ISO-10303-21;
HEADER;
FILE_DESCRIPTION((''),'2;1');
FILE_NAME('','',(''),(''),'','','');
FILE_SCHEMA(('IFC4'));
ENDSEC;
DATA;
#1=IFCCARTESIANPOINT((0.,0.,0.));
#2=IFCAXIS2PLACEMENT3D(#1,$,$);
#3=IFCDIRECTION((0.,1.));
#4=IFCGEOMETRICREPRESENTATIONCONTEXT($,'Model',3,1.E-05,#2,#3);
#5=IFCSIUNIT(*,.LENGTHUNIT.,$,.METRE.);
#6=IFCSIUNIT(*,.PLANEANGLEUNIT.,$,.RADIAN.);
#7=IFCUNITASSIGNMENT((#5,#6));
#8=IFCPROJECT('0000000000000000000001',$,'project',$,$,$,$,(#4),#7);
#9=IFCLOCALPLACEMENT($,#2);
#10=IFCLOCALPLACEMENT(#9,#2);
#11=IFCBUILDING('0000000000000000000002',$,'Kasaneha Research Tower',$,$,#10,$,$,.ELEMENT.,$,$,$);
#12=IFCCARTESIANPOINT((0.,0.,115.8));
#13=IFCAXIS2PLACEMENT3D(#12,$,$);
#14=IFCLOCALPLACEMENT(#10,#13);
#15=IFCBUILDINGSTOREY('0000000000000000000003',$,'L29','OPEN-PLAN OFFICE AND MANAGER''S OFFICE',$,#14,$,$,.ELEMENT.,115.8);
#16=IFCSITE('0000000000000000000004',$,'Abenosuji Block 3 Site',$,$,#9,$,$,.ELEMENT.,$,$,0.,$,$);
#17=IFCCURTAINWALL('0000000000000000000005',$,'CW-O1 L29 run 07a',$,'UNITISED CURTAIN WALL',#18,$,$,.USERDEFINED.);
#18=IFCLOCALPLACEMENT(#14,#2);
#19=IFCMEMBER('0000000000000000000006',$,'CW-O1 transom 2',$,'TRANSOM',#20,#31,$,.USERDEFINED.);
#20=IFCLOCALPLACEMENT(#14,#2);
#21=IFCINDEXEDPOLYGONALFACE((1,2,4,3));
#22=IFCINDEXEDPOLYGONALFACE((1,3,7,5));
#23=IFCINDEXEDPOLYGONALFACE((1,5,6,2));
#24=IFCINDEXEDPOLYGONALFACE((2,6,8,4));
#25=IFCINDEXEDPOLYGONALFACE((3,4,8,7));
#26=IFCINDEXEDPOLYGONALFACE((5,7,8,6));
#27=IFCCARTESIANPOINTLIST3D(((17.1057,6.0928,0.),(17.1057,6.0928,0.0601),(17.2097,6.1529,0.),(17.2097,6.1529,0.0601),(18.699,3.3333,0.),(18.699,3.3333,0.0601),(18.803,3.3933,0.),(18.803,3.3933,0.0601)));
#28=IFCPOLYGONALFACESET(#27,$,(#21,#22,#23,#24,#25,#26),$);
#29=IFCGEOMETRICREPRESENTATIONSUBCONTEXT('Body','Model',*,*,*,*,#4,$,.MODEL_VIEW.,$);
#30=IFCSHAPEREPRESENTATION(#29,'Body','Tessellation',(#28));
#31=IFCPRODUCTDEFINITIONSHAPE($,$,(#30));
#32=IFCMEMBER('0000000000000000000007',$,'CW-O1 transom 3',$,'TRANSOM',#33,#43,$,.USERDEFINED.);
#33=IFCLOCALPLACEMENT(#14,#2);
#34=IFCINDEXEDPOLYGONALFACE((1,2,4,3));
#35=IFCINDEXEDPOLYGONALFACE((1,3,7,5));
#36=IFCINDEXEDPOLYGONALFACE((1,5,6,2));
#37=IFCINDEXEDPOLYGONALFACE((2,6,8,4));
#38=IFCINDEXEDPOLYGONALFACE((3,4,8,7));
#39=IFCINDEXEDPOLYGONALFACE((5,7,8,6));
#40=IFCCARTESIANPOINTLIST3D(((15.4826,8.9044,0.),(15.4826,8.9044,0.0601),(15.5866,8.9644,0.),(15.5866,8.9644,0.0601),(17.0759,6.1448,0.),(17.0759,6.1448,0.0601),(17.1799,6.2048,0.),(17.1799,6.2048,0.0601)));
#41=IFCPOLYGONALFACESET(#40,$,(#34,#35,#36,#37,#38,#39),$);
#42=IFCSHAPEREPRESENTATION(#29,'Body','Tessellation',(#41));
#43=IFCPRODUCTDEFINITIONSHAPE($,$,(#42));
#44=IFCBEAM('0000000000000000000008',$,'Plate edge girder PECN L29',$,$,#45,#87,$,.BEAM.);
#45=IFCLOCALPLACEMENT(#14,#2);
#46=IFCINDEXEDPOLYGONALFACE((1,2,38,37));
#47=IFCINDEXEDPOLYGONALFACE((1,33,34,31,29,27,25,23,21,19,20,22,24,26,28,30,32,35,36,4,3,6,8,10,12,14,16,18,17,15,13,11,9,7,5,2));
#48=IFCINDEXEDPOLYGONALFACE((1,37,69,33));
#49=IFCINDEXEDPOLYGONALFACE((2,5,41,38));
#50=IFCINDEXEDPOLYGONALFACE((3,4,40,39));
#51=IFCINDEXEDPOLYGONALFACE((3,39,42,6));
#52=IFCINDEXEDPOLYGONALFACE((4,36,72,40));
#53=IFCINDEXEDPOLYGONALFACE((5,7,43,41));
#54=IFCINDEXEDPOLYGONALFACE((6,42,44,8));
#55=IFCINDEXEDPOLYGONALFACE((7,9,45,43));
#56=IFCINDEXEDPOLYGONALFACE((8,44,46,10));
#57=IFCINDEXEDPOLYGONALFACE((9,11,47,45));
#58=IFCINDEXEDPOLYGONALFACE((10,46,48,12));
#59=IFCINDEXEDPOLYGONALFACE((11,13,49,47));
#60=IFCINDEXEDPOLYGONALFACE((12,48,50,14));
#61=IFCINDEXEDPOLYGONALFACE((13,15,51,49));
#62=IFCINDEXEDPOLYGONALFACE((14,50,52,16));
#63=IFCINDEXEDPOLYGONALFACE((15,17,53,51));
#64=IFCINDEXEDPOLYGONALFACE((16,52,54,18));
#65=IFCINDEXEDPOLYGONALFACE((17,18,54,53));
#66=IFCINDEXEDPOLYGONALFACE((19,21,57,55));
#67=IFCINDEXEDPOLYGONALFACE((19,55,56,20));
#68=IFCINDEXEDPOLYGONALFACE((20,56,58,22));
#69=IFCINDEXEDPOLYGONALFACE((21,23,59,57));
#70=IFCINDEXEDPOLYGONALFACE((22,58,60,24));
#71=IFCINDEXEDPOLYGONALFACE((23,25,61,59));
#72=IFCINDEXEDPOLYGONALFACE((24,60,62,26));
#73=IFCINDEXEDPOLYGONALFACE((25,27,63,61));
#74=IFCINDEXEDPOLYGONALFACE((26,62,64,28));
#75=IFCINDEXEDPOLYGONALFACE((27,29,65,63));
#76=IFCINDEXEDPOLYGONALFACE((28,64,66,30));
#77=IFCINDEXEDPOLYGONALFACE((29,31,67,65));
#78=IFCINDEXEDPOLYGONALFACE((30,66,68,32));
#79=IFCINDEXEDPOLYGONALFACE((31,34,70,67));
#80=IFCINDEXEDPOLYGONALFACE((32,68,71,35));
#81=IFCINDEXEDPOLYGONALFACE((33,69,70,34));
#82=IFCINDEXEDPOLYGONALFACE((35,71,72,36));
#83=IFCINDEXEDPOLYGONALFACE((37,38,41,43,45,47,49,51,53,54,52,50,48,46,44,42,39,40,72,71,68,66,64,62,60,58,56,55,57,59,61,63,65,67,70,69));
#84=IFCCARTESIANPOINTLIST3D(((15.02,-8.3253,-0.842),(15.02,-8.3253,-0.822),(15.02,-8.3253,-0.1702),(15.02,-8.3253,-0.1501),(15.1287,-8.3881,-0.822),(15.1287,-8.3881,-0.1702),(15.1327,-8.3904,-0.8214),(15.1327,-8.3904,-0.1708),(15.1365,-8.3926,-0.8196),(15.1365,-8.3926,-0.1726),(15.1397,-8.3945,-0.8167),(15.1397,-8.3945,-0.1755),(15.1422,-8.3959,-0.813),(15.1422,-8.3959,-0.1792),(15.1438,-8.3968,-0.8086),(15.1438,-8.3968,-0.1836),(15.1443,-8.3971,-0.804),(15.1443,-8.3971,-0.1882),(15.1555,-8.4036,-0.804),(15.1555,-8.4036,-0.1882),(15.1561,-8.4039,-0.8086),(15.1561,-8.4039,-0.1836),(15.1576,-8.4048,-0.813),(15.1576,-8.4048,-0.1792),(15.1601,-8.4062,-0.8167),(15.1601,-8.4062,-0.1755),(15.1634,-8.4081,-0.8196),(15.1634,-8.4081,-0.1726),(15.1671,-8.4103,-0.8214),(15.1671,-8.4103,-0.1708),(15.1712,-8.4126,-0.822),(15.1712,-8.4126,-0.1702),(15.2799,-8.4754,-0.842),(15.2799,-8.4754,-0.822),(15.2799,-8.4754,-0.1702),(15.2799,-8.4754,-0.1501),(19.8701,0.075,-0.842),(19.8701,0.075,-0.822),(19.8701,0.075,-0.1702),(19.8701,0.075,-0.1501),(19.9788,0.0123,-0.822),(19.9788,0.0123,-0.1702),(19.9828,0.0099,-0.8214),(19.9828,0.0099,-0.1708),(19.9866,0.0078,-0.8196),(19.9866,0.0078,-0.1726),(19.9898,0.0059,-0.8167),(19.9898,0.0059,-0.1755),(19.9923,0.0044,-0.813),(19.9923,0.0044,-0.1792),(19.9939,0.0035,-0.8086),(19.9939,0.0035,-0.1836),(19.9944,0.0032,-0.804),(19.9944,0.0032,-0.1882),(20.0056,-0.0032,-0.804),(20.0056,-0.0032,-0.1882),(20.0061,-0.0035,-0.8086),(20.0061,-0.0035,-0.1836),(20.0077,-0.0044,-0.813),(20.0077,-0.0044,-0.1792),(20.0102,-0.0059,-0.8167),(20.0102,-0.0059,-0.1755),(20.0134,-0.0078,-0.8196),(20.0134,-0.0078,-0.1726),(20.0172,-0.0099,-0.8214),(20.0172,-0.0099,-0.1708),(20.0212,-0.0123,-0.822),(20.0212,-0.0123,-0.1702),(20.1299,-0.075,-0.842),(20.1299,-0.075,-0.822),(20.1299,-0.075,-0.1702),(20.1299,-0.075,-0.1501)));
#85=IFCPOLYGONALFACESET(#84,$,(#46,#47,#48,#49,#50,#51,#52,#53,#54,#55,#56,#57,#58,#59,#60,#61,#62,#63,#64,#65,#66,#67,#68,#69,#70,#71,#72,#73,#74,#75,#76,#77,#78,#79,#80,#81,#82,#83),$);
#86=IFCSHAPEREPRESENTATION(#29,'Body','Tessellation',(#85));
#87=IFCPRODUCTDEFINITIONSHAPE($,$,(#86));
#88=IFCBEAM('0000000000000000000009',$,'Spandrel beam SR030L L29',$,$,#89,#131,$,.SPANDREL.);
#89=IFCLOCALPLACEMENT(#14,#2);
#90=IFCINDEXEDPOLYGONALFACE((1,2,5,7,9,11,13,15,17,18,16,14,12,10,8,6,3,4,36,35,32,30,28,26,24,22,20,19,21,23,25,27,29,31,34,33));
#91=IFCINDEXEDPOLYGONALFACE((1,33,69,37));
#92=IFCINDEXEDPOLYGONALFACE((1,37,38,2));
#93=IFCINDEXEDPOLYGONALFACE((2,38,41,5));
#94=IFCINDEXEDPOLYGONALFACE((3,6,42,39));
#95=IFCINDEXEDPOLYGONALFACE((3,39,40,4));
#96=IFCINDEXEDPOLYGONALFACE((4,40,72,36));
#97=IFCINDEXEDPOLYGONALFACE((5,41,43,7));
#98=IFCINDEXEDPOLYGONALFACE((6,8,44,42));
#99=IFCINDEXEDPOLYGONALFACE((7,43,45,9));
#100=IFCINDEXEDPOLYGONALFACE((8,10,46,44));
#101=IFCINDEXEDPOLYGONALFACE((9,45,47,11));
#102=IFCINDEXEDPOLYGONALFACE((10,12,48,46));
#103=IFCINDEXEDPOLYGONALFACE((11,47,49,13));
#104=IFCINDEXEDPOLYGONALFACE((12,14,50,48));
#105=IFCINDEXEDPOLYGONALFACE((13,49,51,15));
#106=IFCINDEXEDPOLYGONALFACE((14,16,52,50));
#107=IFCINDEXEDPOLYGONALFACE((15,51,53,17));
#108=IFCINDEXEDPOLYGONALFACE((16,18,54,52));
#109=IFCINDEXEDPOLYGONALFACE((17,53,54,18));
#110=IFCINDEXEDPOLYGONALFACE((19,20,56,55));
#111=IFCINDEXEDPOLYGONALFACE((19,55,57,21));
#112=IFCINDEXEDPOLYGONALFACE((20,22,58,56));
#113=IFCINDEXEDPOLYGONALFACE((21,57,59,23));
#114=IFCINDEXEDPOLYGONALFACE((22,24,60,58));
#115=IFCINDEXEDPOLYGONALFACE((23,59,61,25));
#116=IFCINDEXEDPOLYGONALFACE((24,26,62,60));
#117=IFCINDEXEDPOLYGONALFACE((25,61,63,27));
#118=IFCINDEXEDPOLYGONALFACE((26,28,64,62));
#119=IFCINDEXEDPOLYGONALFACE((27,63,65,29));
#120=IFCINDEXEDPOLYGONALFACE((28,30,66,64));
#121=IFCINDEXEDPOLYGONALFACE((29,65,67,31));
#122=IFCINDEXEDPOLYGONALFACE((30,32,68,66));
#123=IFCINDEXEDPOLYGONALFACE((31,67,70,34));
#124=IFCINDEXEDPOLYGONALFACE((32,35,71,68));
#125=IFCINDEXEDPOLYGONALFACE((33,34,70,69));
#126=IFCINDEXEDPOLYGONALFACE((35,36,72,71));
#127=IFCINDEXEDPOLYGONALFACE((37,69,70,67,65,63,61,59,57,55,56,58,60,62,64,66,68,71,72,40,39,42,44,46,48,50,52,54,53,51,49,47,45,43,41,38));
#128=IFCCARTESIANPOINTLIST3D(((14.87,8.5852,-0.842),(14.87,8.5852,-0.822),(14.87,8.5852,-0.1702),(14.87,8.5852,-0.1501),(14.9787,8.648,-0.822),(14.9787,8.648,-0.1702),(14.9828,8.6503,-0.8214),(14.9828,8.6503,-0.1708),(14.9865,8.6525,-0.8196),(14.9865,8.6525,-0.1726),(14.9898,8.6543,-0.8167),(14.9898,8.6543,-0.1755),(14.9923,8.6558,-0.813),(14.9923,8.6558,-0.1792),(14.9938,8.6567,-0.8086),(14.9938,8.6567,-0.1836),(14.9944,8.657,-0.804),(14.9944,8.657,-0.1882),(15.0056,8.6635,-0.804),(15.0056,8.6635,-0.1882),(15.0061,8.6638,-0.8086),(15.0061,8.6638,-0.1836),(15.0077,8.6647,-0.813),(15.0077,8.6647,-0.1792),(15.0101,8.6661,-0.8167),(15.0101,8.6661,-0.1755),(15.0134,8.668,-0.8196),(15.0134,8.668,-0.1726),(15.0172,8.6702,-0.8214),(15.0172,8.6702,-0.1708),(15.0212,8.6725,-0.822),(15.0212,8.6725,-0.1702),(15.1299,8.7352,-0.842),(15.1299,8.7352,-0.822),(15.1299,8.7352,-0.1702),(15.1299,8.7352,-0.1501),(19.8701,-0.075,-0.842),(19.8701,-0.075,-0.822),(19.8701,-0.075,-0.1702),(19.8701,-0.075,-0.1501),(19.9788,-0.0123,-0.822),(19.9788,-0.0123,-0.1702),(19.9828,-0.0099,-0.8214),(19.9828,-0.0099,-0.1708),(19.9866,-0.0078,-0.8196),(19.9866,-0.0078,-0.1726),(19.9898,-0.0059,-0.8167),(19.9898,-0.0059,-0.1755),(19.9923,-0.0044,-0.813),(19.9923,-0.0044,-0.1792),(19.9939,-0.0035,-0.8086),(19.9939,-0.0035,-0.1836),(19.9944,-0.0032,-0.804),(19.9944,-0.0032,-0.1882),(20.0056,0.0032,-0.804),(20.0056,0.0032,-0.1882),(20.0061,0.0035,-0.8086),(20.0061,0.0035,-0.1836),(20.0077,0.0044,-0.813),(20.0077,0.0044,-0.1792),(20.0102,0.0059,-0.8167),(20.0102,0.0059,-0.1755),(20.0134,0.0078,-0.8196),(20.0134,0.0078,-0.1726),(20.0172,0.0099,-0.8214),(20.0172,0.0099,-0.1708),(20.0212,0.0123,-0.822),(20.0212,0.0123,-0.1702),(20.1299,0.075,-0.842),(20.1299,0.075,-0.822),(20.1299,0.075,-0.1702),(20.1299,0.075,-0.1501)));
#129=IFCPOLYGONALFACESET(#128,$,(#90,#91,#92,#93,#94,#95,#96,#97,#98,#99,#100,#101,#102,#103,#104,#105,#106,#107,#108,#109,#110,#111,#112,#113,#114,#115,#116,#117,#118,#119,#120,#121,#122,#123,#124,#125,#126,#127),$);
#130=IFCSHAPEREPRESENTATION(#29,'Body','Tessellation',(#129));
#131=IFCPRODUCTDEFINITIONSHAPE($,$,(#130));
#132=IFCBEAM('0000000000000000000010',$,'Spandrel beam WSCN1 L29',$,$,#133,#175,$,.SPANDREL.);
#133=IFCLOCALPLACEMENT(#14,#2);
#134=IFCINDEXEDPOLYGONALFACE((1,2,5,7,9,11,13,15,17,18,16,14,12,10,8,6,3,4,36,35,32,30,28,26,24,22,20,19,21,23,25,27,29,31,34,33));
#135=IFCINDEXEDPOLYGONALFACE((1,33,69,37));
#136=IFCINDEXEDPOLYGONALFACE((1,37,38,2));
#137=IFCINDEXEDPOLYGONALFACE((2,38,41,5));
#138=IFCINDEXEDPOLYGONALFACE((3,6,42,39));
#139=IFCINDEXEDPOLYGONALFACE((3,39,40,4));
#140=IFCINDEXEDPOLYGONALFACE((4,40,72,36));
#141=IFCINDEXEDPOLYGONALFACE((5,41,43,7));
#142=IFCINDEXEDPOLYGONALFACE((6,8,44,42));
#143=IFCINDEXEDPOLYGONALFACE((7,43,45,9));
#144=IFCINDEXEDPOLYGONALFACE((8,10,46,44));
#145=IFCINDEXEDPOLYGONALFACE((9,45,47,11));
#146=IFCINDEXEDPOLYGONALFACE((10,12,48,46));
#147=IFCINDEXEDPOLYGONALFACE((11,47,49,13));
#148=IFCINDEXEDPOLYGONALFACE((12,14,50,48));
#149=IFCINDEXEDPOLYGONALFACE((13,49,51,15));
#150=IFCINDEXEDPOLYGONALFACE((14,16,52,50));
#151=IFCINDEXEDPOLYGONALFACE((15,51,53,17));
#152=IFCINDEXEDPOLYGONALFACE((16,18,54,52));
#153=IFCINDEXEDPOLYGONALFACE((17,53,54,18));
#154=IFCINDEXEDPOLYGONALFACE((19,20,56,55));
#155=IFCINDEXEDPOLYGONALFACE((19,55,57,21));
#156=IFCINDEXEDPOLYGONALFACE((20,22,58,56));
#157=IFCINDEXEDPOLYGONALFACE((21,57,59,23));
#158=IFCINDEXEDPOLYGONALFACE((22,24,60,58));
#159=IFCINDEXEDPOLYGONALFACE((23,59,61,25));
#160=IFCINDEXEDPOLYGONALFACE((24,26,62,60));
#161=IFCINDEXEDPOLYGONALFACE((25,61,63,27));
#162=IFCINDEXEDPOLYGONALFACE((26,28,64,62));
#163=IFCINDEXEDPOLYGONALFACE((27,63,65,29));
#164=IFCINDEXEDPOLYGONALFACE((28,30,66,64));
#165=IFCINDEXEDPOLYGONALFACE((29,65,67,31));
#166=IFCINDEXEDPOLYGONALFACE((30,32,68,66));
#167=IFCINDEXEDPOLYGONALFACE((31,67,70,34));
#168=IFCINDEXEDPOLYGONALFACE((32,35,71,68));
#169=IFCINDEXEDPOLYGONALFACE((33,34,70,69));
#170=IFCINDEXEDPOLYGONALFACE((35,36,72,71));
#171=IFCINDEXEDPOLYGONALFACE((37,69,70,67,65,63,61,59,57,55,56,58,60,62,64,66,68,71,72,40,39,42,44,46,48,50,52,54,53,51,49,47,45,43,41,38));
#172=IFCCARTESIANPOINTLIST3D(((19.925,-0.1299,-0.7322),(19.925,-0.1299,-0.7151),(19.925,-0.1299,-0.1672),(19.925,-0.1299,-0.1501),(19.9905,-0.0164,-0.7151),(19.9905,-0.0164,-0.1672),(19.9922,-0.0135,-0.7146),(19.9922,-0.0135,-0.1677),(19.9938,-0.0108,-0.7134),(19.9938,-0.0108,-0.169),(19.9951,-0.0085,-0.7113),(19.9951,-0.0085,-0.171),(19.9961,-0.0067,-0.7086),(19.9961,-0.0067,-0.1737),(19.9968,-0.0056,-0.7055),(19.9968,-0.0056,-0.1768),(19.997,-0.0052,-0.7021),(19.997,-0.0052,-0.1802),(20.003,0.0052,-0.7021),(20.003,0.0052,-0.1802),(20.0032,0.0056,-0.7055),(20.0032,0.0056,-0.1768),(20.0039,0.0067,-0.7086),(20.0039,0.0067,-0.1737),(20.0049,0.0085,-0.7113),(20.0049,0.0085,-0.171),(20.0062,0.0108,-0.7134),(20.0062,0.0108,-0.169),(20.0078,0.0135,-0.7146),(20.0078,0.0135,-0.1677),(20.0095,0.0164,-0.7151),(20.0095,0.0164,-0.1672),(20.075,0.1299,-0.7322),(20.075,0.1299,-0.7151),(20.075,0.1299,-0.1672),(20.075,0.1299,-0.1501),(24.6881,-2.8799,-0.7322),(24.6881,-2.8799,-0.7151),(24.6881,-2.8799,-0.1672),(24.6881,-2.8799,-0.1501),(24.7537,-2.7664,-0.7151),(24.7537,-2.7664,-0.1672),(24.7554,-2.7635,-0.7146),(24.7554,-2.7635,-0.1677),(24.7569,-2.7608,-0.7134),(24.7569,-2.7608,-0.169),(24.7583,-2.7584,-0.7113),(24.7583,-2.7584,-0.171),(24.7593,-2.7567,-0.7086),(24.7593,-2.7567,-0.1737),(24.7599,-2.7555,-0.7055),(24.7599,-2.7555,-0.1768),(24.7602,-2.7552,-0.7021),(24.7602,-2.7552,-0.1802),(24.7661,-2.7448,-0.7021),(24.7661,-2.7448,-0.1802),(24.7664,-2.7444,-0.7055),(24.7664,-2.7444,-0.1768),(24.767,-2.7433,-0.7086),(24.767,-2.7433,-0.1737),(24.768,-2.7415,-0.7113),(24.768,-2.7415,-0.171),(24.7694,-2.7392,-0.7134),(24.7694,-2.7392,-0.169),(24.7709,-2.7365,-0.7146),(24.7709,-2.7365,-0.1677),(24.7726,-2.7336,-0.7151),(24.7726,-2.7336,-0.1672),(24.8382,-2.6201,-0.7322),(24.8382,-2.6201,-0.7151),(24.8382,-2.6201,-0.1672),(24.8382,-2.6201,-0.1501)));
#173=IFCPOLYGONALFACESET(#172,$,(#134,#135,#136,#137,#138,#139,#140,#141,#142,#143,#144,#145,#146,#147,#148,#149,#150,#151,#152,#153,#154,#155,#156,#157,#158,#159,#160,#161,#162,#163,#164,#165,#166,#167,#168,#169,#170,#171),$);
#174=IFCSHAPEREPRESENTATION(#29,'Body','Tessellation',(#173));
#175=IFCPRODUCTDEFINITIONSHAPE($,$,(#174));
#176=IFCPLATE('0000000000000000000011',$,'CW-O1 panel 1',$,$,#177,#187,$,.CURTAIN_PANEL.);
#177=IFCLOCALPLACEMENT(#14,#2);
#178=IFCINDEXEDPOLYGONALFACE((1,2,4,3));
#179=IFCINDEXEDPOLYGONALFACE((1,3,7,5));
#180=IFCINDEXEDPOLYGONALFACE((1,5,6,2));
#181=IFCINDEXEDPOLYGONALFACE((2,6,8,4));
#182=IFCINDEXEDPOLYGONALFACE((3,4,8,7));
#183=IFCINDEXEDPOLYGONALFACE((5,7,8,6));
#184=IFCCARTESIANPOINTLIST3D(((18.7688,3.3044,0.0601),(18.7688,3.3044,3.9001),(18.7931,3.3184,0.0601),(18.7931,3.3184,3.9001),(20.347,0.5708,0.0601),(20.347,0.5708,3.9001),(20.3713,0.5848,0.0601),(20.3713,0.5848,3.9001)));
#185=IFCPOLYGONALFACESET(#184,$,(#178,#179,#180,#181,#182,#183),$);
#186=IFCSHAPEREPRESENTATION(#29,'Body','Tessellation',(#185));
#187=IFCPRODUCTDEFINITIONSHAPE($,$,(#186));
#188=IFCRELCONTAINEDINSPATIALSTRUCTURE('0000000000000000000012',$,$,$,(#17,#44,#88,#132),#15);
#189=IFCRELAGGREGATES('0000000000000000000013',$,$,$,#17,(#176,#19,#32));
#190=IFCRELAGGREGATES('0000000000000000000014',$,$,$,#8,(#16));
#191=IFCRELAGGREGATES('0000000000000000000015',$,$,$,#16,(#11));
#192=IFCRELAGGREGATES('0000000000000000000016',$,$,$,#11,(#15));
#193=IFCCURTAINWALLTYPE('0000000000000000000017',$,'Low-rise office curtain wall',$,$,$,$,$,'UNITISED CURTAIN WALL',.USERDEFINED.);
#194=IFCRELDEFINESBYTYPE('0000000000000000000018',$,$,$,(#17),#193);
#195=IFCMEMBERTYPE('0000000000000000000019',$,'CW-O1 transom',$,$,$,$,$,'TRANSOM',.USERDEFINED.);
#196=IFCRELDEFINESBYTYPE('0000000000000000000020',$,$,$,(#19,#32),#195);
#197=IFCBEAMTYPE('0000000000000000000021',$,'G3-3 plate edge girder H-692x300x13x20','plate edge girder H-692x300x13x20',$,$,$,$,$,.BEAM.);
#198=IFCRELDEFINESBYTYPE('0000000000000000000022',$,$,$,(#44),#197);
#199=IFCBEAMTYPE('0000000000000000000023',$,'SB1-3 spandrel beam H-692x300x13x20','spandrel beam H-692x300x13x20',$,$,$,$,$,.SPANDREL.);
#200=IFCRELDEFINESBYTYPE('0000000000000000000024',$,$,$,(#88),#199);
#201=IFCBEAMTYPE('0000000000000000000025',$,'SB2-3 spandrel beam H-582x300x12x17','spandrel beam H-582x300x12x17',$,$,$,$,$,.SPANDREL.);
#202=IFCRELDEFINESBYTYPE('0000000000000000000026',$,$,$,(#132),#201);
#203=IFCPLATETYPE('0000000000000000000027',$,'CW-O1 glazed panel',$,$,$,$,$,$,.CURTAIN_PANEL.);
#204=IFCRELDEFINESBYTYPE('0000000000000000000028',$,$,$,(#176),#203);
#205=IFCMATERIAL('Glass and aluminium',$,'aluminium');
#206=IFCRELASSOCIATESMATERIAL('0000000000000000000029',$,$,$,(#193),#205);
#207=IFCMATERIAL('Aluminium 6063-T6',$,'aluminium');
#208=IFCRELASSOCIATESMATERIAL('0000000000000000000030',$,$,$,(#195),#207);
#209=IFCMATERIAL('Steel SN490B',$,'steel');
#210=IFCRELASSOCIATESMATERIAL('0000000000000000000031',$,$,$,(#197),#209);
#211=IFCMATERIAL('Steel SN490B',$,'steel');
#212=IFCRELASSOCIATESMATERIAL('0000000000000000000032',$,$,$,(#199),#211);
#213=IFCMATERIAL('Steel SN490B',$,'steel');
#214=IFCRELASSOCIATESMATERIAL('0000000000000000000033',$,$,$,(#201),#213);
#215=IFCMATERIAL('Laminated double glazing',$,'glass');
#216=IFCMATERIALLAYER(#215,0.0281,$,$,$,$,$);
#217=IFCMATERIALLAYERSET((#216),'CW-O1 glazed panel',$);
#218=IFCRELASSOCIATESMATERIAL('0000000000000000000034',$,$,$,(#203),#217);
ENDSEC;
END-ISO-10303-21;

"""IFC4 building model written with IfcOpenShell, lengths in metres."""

from ifc_helpers import new_model, si_unit, direction, frame, origin, origin_2d, place, context, subcontext, project, spatial, rectangle, i_section, extrude, material, layer, layer_set, material_profile, profile_set, type_object, element, aggregate, save


model = new_model("IFC4")

# Units and contexts
model_context = context("Model", 3, precision=1e-05, world=origin(), true_north=direction((0.0, 1.0)))
body_context = subcontext(model_context, "Body", "Model", "MODEL_VIEW")
ifc_project = project(units=[si_unit("LENGTHUNIT", "METRE"), si_unit("PLANEANGLEUNIT", "RADIAN")], contexts=[model_context])

# Site, building, storey
site_placement = place(None, origin())
site = spatial("IfcSite", under=ifc_project, at=site_placement, Name="Abenosuji Block 3 Site", CompositionType="ELEMENT", RefElevation=0.0)
building_placement = place(site_placement, origin())
building = spatial("IfcBuilding", under=site, at=building_placement, Name="Kasaneha Research Tower", CompositionType="ELEMENT")
storey_placement = place(building_placement, frame((0.0, 0.0, 115.8)))
storey = spatial("IfcBuildingStorey", under=building, at=storey_placement, Name="L29", Description="OPEN-PLAN OFFICE AND MANAGER'S OFFICE", CompositionType="ELEMENT", Elevation=115.8)

# Shared definitions
ifc_material_1 = material(Name="Glass and aluminium", Category="aluminium")
curtain_wall_type = type_object("IfcCurtainWallType", Name="Low-rise office curtain wall", ElementType="UNITISED CURTAIN WALL", PredefinedType="USERDEFINED", material=ifc_material_1)

# Curtain wall, members
curtain_wall_1_placement = place(storey_placement, origin())
curtain_wall_1 = element("IfcCurtainWall", 1, at=curtain_wall_1_placement, inside=storey, type_object=curtain_wall_type, Name="CW-O1 L29 run 07a", ObjectType="UNITISED CURTAIN WALL", PredefinedType="USERDEFINED")
ifc_material_2 = material(Name="Aluminium 6063-T6", Category="aluminium")
ifc_material_profile_1 = material_profile(ifc_material_2, rectangle(XDim=0.1201, YDim=0.0601, at=origin_2d()), Name="CW-O1 transom 120x60")
ifc_profile_set_1 = profile_set([ifc_material_profile_1], Name="Aluminium 6063-T6")
member_type_1 = type_object("IfcMemberType", Name="CW-O1 transom", ElementType="TRANSOM", PredefinedType="USERDEFINED", material=ifc_profile_set_1)
member_1_placement = place(storey_placement, frame((18.751, 3.3633, 0.03), z_axis=(-0.500012, 0.866018, 0.0), x_axis=(-0.866018, -0.500012, 0.0)))
member_1 = element("IfcMember", 2, at=member_1_placement, type_object=member_type_1, Name="CW-O1 transom 2", ObjectType="TRANSOM", PredefinedType="USERDEFINED", context=body_context, shape_type="SweptSolid", body=[
    extrude(rectangle(XDim=0.1201, YDim=0.0601, at=origin_2d()), origin(), (0.0, 0.0, 1.0), 3.1865),
])
member_2_placement = place(storey_placement, frame((17.1279, 6.1748, 0.03), z_axis=(-0.500012, 0.866018, 0.0), x_axis=(-0.866018, -0.500012, 0.0)))
member_2 = element("IfcMember", 3, at=member_2_placement, type_object=member_type_1, Name="CW-O1 transom 3", ObjectType="TRANSOM", PredefinedType="USERDEFINED", context=body_context, shape_type="SweptSolid", body=[
    extrude(rectangle(XDim=0.1201, YDim=0.0601, at=origin_2d()), origin(), (0.0, 0.0, 1.0), 3.1865),
])

# Beams
ifc_material_3 = material(Name="Steel SN490B", Category="steel")
ifc_material_profile_2 = material_profile(ifc_material_3, i_section(OverallWidth=0.3, OverallDepth=0.6919, WebThickness=0.0129, FlangeThickness=0.02, FilletRadius=0.0181, at=origin_2d()), Name="H-692x300x13x20")
ifc_profile_set_2 = profile_set([ifc_material_profile_2], Name="Steel SN490B")
beam_type_1 = type_object("IfcBeamType", Name="G3-3 plate edge girder H-692x300x13x20", Description="plate edge girder H-692x300x13x20", PredefinedType="BEAM", material=ifc_profile_set_2)
beam_1_placement = place(storey_placement, frame((20.0, 0.0, -0.4961), z_axis=(-0.50001, -0.86602, 0.0), x_axis=(0.86602, -0.50001, 0.0)))
element("IfcBeam", 4, at=beam_1_placement, inside=storey, type_object=beam_type_1, Name="Plate edge girder PECN L29", PredefinedType="BEAM", context=body_context, shape_type="SweptSolid", body=[
    extrude(i_section(OverallWidth=0.3, OverallDepth=0.6919, WebThickness=0.0129, FlangeThickness=0.02, FilletRadius=0.0181, at=origin_2d()), origin(), (0.0, 0.0, 1.0), 9.7),
])
ifc_material_4 = material(Name="Steel SN490B", Category="steel")
ifc_material_profile_3 = material_profile(ifc_material_4, i_section(OverallWidth=0.3, OverallDepth=0.6919, WebThickness=0.0129, FlangeThickness=0.02, FilletRadius=0.0181, at=origin_2d()), Name="H-692x300x13x20")
ifc_profile_set_3 = profile_set([ifc_material_profile_3], Name="Steel SN490B")
beam_type_2 = type_object("IfcBeamType", Name="SB1-3 spandrel beam H-692x300x13x20", Description="spandrel beam H-692x300x13x20", PredefinedType="SPANDREL", material=ifc_profile_set_3)
beam_2_placement = place(storey_placement, frame((20.0, 0.0, -0.4961), z_axis=(-0.500004, 0.866023, 0.0), x_axis=(-0.866023, -0.500004, 0.0)))
element("IfcBeam", 5, at=beam_2_placement, inside=storey, type_object=beam_type_2, Name="Spandrel beam SR030L L29", PredefinedType="SPANDREL", context=body_context, shape_type="SweptSolid", body=[
    extrude(i_section(OverallWidth=0.3, OverallDepth=0.6919, WebThickness=0.0129, FlangeThickness=0.02, FilletRadius=0.0181, at=origin_2d()), origin(), (0.0, 0.0, 1.0), 10.0),
])
ifc_material_5 = material(Name="Steel SN490B", Category="steel")
ifc_material_profile_4 = material_profile(ifc_material_5, i_section(OverallWidth=0.3, OverallDepth=0.582, WebThickness=0.012, FlangeThickness=0.0171, FilletRadius=0.0129, at=origin_2d()), Name="H-582x300x12x17")
ifc_profile_set_4 = profile_set([ifc_material_profile_4], Name="Steel SN490B")
beam_type_3 = type_object("IfcBeamType", Name="SB2-3 spandrel beam H-582x300x12x17", Description="spandrel beam H-582x300x12x17", PredefinedType="SPANDREL", material=ifc_profile_set_4)
beam_3_placement = place(storey_placement, frame((20.0, 0.0, -0.4412), z_axis=(0.866027, -0.499997, 0.0), x_axis=(0.499997, 0.866027, 0.0)))
element("IfcBeam", 6, at=beam_3_placement, inside=storey, type_object=beam_type_3, Name="Spandrel beam WSCN1 L29", PredefinedType="SPANDREL", context=body_context, shape_type="SweptSolid", body=[
    extrude(i_section(OverallWidth=0.3, OverallDepth=0.582, WebThickness=0.012, FlangeThickness=0.0171, FilletRadius=0.0129, at=origin_2d()), origin(), (0.0, 0.0, 1.0), 5.5),
])

# Plate
ifc_material_6 = material(Name="Laminated double glazing", Category="glass")
ifc_layer = layer(ifc_material_6, 0.0281)
ifc_layer_set = layer_set([ifc_layer], Name="CW-O1 glazed panel")
plate_type = type_object("IfcPlateType", Name="CW-O1 glazed panel", PredefinedType="CURTAIN_PANEL", material=ifc_layer_set)
plate_1_placement = place(storey_placement, frame((19.5701, 1.9446, 0.0601), z_axis=(0.0, 0.0, 1.0), x_axis=(-0.5, 0.866025, 0.0)))
plate_1 = element("IfcPlate", 7, at=plate_1_placement, type_object=plate_type, Name="CW-O1 panel 1", PredefinedType="CURTAIN_PANEL", context=body_context, shape_type="SweptSolid", body=[
    extrude(rectangle(XDim=3.1565, YDim=0.0281, at=origin_2d()), origin(), (0.0, 0.0, 1.0), 3.8401),
])
aggregate(curtain_wall_1, [plate_1, member_1, member_2])

save(model, "model.ifc")
